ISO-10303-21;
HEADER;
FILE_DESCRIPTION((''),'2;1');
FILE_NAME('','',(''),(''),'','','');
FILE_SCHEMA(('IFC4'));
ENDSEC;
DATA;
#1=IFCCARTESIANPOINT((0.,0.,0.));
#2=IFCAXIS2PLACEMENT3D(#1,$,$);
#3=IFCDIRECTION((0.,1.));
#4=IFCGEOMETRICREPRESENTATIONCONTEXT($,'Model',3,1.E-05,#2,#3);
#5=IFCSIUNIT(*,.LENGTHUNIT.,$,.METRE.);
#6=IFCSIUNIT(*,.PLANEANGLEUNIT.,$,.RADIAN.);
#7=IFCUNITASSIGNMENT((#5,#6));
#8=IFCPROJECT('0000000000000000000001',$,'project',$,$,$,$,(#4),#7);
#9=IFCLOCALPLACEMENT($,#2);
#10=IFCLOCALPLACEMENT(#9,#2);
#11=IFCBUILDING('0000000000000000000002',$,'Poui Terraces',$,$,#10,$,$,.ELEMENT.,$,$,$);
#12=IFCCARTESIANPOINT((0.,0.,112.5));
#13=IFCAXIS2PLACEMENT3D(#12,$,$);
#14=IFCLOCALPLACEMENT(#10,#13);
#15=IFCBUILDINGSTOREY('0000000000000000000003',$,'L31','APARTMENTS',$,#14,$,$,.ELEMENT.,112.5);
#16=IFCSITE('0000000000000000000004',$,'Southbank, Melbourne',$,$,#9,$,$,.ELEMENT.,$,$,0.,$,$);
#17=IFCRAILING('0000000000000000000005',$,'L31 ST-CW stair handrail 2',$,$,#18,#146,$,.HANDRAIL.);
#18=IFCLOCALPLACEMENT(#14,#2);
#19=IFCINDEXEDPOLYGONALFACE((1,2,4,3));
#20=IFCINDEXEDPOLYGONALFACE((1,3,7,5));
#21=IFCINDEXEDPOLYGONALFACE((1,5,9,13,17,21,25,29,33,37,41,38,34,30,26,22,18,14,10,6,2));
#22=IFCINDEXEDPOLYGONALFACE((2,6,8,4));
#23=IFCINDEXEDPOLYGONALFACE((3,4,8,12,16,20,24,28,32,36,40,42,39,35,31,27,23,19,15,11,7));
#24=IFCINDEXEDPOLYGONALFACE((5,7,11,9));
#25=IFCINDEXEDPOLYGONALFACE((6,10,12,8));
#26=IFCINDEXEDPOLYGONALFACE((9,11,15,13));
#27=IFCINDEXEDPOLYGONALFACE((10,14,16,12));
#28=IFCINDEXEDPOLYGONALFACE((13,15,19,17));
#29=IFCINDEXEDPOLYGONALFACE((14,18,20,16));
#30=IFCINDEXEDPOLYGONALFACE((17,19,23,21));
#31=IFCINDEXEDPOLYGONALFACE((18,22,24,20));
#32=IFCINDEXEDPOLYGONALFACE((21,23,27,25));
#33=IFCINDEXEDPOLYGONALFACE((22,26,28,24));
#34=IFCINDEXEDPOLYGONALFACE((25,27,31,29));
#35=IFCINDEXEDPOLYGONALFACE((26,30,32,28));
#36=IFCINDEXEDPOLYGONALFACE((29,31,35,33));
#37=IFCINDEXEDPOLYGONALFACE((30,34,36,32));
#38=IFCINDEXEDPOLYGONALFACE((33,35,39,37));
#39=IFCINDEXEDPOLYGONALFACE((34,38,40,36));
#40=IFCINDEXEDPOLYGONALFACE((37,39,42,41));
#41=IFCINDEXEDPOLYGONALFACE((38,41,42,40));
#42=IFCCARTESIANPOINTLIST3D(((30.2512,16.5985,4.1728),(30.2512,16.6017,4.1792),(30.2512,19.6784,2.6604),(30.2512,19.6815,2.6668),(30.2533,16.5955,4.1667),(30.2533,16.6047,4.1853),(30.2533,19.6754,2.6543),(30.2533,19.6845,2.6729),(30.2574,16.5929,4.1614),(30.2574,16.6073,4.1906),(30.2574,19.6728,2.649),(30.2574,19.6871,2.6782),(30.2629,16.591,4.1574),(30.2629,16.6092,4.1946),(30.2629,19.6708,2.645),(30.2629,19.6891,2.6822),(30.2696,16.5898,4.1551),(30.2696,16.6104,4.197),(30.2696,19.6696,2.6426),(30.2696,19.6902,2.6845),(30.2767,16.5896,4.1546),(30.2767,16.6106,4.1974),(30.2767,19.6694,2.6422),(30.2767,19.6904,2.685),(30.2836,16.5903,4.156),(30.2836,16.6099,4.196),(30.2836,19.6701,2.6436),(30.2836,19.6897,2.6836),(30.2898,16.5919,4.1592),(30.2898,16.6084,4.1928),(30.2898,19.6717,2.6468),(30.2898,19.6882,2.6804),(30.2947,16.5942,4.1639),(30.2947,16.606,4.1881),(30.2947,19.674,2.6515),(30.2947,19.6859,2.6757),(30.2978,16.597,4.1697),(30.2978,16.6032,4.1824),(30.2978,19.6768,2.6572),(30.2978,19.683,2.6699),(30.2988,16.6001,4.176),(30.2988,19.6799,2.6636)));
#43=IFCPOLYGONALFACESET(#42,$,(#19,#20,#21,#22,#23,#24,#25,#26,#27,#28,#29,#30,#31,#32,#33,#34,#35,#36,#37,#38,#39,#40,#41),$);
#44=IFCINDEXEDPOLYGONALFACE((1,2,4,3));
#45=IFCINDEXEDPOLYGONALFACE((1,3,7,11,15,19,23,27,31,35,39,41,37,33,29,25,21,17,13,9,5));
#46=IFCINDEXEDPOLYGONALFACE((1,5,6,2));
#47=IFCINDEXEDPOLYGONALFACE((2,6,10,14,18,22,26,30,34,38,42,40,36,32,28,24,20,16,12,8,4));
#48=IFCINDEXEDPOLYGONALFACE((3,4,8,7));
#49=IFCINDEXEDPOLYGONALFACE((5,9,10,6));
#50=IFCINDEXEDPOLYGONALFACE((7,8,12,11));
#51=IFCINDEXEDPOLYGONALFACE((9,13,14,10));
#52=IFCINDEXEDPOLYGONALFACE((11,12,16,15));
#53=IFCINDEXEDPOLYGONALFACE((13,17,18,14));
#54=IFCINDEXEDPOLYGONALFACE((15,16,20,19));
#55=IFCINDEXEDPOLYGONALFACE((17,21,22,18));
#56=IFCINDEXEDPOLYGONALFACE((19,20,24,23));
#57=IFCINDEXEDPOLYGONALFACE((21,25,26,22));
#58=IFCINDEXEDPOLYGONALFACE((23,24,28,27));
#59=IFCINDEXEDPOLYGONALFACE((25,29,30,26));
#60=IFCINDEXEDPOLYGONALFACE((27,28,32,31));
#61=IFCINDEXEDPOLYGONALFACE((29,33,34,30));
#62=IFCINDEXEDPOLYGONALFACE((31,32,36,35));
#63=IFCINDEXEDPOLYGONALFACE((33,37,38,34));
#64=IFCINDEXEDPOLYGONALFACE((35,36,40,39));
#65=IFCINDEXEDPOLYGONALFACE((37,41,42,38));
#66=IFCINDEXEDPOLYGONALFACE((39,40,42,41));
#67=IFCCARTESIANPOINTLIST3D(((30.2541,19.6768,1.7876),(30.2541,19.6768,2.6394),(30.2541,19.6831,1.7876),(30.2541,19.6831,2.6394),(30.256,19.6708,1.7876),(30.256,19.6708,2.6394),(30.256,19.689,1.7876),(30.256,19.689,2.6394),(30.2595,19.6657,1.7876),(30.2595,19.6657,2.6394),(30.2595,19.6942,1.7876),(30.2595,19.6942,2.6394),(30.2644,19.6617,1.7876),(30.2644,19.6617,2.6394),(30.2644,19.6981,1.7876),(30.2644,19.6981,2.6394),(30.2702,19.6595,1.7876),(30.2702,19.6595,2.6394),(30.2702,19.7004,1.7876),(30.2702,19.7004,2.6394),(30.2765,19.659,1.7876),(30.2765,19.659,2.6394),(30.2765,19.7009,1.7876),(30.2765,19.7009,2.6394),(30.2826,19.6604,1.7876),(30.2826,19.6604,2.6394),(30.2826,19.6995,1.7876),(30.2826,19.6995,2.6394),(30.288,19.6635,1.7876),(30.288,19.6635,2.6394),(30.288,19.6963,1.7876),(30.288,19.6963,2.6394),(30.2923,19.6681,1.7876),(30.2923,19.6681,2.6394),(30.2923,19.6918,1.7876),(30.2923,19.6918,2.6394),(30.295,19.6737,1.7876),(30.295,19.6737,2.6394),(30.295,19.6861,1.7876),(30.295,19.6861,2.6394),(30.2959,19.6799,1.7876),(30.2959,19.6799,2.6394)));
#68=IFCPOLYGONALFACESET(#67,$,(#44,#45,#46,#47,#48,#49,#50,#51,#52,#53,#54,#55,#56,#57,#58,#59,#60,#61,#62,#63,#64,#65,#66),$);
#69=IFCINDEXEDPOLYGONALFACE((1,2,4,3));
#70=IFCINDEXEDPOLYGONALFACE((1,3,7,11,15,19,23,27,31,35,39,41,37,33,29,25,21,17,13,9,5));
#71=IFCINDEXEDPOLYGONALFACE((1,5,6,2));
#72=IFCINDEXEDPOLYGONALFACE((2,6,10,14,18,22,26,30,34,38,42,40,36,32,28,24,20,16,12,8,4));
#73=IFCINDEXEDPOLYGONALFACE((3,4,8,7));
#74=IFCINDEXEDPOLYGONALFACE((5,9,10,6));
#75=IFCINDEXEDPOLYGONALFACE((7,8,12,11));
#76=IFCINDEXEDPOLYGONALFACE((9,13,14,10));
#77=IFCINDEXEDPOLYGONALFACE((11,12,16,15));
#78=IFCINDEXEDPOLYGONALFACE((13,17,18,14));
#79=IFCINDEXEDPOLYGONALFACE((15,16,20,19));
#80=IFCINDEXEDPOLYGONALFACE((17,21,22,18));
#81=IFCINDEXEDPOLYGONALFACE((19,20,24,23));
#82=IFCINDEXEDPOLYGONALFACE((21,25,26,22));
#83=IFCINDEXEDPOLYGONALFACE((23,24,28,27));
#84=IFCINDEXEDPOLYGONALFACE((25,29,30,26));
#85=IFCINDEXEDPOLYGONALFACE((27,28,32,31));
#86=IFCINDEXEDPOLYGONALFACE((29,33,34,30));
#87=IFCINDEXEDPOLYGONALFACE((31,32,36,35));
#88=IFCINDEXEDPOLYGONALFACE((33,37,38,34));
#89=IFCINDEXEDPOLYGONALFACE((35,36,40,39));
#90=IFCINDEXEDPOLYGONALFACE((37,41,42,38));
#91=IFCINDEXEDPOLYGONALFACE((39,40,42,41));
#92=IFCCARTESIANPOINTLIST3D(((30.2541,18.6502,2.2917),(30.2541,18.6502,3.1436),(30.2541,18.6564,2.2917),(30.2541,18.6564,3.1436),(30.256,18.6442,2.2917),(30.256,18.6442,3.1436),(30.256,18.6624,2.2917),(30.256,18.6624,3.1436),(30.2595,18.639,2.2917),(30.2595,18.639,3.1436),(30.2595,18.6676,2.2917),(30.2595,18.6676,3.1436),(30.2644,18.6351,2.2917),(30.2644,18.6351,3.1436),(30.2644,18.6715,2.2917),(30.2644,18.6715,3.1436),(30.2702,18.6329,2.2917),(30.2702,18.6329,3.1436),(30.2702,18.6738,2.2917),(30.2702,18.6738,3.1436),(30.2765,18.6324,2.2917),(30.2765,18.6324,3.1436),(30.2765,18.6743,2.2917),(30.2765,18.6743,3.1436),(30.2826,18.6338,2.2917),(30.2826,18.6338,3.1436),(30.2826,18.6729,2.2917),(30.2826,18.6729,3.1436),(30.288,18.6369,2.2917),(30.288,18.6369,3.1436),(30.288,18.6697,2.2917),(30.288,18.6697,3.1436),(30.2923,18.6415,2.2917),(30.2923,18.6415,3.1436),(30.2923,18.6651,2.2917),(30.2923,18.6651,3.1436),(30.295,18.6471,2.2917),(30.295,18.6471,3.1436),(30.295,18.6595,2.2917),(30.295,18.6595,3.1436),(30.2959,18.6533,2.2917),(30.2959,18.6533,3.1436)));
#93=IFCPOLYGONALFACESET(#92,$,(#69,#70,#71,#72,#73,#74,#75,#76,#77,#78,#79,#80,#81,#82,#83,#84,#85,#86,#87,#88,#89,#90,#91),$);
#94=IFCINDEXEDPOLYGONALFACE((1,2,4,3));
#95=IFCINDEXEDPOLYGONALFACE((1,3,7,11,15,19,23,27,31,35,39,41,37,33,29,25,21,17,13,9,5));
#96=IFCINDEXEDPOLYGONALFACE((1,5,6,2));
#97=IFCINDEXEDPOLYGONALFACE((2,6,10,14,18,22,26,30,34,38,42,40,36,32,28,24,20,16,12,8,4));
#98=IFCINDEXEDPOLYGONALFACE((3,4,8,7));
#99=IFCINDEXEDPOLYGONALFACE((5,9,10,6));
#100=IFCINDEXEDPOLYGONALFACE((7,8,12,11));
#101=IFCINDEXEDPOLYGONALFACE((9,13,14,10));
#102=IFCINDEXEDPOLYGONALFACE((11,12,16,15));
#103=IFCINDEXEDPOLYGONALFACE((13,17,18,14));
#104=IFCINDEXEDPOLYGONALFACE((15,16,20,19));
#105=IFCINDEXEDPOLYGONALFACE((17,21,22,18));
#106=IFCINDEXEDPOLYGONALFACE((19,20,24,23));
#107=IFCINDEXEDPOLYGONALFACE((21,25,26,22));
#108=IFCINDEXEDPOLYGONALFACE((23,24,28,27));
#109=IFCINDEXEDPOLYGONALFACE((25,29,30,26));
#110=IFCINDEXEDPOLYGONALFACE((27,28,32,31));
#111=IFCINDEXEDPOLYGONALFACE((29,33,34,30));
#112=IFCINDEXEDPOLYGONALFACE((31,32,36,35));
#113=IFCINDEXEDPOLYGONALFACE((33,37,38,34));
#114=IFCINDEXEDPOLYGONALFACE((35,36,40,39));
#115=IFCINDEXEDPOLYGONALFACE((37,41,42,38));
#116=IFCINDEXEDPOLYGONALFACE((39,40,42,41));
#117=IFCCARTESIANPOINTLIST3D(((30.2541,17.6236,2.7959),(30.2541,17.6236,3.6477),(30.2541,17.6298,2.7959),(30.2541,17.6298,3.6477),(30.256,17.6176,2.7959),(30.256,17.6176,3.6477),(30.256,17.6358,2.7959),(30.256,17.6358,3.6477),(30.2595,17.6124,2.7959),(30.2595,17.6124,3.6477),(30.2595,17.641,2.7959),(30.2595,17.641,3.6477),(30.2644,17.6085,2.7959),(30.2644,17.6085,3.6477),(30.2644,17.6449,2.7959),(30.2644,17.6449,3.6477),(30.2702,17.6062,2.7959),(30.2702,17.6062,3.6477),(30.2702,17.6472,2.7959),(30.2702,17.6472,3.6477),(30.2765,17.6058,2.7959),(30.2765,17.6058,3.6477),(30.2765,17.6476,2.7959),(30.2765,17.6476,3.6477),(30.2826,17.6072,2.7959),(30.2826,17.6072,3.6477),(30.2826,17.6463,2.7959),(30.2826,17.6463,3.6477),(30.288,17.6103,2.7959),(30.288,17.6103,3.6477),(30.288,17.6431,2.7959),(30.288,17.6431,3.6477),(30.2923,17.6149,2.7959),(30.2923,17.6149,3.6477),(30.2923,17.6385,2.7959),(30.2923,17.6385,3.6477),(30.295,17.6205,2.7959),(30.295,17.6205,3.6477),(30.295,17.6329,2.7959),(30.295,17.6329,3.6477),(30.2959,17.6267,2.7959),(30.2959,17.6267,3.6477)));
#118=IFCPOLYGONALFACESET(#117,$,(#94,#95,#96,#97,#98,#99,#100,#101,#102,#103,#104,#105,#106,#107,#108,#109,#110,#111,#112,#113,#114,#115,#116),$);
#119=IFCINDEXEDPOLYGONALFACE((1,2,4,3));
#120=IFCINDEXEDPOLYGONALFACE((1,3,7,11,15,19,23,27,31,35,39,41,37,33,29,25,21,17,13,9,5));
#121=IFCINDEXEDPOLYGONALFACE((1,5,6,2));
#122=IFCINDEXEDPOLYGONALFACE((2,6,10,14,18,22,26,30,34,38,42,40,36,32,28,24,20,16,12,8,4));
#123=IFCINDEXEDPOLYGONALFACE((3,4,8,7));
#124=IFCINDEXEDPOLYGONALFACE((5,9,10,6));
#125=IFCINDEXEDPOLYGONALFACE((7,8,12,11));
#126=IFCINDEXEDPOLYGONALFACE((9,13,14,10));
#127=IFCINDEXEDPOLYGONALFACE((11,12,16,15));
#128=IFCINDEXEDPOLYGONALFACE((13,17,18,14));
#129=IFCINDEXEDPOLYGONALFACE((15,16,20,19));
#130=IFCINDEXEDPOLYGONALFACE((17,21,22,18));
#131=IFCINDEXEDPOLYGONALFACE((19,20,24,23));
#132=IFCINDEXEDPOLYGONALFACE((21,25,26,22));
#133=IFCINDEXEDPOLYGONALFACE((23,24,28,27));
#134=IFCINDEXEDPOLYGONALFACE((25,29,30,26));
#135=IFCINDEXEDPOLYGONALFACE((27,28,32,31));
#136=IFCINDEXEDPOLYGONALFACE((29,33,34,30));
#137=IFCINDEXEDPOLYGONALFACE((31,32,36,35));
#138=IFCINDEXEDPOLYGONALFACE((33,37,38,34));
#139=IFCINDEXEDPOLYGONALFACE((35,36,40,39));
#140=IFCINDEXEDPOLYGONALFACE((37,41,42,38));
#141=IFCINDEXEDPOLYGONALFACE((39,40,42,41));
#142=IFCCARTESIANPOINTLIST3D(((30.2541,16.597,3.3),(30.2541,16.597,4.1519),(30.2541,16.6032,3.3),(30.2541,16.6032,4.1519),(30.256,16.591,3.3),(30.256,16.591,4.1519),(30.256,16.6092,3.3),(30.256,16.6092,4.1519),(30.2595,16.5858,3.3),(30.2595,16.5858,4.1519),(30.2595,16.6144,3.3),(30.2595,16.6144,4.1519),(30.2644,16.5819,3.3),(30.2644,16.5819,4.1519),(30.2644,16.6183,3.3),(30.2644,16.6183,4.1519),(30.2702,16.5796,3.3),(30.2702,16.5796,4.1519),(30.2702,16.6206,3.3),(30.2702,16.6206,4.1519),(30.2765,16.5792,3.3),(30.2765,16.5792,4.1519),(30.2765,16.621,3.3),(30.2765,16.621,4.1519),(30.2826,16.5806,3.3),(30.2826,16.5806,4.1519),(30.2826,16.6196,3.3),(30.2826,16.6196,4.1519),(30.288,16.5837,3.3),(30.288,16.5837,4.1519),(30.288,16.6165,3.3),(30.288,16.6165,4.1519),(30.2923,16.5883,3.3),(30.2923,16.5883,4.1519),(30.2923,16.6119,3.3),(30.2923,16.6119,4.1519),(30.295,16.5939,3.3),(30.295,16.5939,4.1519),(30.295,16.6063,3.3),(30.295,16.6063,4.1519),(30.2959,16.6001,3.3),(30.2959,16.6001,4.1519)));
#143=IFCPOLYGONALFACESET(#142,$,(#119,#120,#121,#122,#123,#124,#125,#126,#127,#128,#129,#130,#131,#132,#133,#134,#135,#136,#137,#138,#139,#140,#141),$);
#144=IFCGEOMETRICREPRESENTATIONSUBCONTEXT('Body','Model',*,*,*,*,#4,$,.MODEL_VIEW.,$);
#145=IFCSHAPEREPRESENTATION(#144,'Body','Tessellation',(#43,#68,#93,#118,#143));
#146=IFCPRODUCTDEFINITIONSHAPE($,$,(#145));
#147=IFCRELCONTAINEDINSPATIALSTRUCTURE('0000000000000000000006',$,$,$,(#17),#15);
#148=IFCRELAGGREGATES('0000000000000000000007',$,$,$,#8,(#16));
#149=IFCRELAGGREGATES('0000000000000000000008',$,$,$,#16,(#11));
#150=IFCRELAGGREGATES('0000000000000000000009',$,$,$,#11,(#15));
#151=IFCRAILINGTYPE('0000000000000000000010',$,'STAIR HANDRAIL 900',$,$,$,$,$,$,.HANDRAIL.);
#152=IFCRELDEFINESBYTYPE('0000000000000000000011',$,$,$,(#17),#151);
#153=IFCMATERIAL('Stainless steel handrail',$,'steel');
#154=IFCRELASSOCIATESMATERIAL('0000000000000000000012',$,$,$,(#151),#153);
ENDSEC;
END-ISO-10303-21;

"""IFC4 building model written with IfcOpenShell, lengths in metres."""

from ifc_helpers import new_model, si_unit, direction, frame, origin, origin_2d, place, context, subcontext, project, spatial, circle, extrude, material, type_object, element, save


model = new_model("IFC4")

# Units and contexts
model_context = context("Model", 3, precision=1e-05, world=origin(), true_north=direction((0.0, 1.0)))
body_context = subcontext(model_context, "Body", "Model", "MODEL_VIEW")
ifc_project = project(units=[si_unit("LENGTHUNIT", "METRE"), si_unit("PLANEANGLEUNIT", "RADIAN")], contexts=[model_context])

# Site, building, storey
site_placement = place(None, origin())
site = spatial("IfcSite", under=ifc_project, at=site_placement, Name="Southbank, Melbourne", CompositionType="ELEMENT", RefElevation=0.0)
building_placement = place(site_placement, origin())
building = spatial("IfcBuilding", under=site, at=building_placement, Name="Poui Terraces", CompositionType="ELEMENT")
storey_placement = place(building_placement, frame((0.0, 0.0, 112.5)))
storey = spatial("IfcBuildingStorey", under=building, at=storey_placement, Name="L31", Description="APARTMENTS", CompositionType="ELEMENT", Elevation=112.5)

# Railing
ifc_material_1 = material(Name="Stainless steel handrail", Category="steel")
railing_type_1 = type_object("IfcRailingType", Name="STAIR HANDRAIL 900", PredefinedType="HANDRAIL", material=ifc_material_1)
railing_1_placement = place(storey_placement, frame((30.2749, 19.6799, 1.7876)))
element("IfcRailing", 1, at=railing_1_placement, inside=storey, type_object=railing_type_1, Name="L31 ST-CW stair handrail 2", PredefinedType="HANDRAIL", context=body_context, shape_type="SweptSolid", body=[
    extrude(circle(Radius=0.0239, at=origin_2d()), frame((0.0, 0.0, 0.876), z_axis=(0.0, -0.897606, 0.440798), x_axis=(1.0, 0.0, 0.0)), (0.0, 0.0, 1.0), 3.4312),
    extrude(circle(Radius=0.021, at=origin_2d()), origin(), (0.0, 0.0, 1.0), 0.8518),
    extrude(circle(Radius=0.021, at=origin_2d()), frame((0.0, -1.0266, 0.5042)), (0.0, 0.0, 1.0), 0.8518),
    extrude(circle(Radius=0.021, at=origin_2d()), frame((0.0, -2.0532, 1.0083)), (0.0, 0.0, 1.0), 0.8518),
    extrude(circle(Radius=0.021, at=origin_2d()), frame((0.0, -3.0798, 1.5125)), (0.0, 0.0, 1.0), 0.8518),
])

save(model, "model.ifc")
